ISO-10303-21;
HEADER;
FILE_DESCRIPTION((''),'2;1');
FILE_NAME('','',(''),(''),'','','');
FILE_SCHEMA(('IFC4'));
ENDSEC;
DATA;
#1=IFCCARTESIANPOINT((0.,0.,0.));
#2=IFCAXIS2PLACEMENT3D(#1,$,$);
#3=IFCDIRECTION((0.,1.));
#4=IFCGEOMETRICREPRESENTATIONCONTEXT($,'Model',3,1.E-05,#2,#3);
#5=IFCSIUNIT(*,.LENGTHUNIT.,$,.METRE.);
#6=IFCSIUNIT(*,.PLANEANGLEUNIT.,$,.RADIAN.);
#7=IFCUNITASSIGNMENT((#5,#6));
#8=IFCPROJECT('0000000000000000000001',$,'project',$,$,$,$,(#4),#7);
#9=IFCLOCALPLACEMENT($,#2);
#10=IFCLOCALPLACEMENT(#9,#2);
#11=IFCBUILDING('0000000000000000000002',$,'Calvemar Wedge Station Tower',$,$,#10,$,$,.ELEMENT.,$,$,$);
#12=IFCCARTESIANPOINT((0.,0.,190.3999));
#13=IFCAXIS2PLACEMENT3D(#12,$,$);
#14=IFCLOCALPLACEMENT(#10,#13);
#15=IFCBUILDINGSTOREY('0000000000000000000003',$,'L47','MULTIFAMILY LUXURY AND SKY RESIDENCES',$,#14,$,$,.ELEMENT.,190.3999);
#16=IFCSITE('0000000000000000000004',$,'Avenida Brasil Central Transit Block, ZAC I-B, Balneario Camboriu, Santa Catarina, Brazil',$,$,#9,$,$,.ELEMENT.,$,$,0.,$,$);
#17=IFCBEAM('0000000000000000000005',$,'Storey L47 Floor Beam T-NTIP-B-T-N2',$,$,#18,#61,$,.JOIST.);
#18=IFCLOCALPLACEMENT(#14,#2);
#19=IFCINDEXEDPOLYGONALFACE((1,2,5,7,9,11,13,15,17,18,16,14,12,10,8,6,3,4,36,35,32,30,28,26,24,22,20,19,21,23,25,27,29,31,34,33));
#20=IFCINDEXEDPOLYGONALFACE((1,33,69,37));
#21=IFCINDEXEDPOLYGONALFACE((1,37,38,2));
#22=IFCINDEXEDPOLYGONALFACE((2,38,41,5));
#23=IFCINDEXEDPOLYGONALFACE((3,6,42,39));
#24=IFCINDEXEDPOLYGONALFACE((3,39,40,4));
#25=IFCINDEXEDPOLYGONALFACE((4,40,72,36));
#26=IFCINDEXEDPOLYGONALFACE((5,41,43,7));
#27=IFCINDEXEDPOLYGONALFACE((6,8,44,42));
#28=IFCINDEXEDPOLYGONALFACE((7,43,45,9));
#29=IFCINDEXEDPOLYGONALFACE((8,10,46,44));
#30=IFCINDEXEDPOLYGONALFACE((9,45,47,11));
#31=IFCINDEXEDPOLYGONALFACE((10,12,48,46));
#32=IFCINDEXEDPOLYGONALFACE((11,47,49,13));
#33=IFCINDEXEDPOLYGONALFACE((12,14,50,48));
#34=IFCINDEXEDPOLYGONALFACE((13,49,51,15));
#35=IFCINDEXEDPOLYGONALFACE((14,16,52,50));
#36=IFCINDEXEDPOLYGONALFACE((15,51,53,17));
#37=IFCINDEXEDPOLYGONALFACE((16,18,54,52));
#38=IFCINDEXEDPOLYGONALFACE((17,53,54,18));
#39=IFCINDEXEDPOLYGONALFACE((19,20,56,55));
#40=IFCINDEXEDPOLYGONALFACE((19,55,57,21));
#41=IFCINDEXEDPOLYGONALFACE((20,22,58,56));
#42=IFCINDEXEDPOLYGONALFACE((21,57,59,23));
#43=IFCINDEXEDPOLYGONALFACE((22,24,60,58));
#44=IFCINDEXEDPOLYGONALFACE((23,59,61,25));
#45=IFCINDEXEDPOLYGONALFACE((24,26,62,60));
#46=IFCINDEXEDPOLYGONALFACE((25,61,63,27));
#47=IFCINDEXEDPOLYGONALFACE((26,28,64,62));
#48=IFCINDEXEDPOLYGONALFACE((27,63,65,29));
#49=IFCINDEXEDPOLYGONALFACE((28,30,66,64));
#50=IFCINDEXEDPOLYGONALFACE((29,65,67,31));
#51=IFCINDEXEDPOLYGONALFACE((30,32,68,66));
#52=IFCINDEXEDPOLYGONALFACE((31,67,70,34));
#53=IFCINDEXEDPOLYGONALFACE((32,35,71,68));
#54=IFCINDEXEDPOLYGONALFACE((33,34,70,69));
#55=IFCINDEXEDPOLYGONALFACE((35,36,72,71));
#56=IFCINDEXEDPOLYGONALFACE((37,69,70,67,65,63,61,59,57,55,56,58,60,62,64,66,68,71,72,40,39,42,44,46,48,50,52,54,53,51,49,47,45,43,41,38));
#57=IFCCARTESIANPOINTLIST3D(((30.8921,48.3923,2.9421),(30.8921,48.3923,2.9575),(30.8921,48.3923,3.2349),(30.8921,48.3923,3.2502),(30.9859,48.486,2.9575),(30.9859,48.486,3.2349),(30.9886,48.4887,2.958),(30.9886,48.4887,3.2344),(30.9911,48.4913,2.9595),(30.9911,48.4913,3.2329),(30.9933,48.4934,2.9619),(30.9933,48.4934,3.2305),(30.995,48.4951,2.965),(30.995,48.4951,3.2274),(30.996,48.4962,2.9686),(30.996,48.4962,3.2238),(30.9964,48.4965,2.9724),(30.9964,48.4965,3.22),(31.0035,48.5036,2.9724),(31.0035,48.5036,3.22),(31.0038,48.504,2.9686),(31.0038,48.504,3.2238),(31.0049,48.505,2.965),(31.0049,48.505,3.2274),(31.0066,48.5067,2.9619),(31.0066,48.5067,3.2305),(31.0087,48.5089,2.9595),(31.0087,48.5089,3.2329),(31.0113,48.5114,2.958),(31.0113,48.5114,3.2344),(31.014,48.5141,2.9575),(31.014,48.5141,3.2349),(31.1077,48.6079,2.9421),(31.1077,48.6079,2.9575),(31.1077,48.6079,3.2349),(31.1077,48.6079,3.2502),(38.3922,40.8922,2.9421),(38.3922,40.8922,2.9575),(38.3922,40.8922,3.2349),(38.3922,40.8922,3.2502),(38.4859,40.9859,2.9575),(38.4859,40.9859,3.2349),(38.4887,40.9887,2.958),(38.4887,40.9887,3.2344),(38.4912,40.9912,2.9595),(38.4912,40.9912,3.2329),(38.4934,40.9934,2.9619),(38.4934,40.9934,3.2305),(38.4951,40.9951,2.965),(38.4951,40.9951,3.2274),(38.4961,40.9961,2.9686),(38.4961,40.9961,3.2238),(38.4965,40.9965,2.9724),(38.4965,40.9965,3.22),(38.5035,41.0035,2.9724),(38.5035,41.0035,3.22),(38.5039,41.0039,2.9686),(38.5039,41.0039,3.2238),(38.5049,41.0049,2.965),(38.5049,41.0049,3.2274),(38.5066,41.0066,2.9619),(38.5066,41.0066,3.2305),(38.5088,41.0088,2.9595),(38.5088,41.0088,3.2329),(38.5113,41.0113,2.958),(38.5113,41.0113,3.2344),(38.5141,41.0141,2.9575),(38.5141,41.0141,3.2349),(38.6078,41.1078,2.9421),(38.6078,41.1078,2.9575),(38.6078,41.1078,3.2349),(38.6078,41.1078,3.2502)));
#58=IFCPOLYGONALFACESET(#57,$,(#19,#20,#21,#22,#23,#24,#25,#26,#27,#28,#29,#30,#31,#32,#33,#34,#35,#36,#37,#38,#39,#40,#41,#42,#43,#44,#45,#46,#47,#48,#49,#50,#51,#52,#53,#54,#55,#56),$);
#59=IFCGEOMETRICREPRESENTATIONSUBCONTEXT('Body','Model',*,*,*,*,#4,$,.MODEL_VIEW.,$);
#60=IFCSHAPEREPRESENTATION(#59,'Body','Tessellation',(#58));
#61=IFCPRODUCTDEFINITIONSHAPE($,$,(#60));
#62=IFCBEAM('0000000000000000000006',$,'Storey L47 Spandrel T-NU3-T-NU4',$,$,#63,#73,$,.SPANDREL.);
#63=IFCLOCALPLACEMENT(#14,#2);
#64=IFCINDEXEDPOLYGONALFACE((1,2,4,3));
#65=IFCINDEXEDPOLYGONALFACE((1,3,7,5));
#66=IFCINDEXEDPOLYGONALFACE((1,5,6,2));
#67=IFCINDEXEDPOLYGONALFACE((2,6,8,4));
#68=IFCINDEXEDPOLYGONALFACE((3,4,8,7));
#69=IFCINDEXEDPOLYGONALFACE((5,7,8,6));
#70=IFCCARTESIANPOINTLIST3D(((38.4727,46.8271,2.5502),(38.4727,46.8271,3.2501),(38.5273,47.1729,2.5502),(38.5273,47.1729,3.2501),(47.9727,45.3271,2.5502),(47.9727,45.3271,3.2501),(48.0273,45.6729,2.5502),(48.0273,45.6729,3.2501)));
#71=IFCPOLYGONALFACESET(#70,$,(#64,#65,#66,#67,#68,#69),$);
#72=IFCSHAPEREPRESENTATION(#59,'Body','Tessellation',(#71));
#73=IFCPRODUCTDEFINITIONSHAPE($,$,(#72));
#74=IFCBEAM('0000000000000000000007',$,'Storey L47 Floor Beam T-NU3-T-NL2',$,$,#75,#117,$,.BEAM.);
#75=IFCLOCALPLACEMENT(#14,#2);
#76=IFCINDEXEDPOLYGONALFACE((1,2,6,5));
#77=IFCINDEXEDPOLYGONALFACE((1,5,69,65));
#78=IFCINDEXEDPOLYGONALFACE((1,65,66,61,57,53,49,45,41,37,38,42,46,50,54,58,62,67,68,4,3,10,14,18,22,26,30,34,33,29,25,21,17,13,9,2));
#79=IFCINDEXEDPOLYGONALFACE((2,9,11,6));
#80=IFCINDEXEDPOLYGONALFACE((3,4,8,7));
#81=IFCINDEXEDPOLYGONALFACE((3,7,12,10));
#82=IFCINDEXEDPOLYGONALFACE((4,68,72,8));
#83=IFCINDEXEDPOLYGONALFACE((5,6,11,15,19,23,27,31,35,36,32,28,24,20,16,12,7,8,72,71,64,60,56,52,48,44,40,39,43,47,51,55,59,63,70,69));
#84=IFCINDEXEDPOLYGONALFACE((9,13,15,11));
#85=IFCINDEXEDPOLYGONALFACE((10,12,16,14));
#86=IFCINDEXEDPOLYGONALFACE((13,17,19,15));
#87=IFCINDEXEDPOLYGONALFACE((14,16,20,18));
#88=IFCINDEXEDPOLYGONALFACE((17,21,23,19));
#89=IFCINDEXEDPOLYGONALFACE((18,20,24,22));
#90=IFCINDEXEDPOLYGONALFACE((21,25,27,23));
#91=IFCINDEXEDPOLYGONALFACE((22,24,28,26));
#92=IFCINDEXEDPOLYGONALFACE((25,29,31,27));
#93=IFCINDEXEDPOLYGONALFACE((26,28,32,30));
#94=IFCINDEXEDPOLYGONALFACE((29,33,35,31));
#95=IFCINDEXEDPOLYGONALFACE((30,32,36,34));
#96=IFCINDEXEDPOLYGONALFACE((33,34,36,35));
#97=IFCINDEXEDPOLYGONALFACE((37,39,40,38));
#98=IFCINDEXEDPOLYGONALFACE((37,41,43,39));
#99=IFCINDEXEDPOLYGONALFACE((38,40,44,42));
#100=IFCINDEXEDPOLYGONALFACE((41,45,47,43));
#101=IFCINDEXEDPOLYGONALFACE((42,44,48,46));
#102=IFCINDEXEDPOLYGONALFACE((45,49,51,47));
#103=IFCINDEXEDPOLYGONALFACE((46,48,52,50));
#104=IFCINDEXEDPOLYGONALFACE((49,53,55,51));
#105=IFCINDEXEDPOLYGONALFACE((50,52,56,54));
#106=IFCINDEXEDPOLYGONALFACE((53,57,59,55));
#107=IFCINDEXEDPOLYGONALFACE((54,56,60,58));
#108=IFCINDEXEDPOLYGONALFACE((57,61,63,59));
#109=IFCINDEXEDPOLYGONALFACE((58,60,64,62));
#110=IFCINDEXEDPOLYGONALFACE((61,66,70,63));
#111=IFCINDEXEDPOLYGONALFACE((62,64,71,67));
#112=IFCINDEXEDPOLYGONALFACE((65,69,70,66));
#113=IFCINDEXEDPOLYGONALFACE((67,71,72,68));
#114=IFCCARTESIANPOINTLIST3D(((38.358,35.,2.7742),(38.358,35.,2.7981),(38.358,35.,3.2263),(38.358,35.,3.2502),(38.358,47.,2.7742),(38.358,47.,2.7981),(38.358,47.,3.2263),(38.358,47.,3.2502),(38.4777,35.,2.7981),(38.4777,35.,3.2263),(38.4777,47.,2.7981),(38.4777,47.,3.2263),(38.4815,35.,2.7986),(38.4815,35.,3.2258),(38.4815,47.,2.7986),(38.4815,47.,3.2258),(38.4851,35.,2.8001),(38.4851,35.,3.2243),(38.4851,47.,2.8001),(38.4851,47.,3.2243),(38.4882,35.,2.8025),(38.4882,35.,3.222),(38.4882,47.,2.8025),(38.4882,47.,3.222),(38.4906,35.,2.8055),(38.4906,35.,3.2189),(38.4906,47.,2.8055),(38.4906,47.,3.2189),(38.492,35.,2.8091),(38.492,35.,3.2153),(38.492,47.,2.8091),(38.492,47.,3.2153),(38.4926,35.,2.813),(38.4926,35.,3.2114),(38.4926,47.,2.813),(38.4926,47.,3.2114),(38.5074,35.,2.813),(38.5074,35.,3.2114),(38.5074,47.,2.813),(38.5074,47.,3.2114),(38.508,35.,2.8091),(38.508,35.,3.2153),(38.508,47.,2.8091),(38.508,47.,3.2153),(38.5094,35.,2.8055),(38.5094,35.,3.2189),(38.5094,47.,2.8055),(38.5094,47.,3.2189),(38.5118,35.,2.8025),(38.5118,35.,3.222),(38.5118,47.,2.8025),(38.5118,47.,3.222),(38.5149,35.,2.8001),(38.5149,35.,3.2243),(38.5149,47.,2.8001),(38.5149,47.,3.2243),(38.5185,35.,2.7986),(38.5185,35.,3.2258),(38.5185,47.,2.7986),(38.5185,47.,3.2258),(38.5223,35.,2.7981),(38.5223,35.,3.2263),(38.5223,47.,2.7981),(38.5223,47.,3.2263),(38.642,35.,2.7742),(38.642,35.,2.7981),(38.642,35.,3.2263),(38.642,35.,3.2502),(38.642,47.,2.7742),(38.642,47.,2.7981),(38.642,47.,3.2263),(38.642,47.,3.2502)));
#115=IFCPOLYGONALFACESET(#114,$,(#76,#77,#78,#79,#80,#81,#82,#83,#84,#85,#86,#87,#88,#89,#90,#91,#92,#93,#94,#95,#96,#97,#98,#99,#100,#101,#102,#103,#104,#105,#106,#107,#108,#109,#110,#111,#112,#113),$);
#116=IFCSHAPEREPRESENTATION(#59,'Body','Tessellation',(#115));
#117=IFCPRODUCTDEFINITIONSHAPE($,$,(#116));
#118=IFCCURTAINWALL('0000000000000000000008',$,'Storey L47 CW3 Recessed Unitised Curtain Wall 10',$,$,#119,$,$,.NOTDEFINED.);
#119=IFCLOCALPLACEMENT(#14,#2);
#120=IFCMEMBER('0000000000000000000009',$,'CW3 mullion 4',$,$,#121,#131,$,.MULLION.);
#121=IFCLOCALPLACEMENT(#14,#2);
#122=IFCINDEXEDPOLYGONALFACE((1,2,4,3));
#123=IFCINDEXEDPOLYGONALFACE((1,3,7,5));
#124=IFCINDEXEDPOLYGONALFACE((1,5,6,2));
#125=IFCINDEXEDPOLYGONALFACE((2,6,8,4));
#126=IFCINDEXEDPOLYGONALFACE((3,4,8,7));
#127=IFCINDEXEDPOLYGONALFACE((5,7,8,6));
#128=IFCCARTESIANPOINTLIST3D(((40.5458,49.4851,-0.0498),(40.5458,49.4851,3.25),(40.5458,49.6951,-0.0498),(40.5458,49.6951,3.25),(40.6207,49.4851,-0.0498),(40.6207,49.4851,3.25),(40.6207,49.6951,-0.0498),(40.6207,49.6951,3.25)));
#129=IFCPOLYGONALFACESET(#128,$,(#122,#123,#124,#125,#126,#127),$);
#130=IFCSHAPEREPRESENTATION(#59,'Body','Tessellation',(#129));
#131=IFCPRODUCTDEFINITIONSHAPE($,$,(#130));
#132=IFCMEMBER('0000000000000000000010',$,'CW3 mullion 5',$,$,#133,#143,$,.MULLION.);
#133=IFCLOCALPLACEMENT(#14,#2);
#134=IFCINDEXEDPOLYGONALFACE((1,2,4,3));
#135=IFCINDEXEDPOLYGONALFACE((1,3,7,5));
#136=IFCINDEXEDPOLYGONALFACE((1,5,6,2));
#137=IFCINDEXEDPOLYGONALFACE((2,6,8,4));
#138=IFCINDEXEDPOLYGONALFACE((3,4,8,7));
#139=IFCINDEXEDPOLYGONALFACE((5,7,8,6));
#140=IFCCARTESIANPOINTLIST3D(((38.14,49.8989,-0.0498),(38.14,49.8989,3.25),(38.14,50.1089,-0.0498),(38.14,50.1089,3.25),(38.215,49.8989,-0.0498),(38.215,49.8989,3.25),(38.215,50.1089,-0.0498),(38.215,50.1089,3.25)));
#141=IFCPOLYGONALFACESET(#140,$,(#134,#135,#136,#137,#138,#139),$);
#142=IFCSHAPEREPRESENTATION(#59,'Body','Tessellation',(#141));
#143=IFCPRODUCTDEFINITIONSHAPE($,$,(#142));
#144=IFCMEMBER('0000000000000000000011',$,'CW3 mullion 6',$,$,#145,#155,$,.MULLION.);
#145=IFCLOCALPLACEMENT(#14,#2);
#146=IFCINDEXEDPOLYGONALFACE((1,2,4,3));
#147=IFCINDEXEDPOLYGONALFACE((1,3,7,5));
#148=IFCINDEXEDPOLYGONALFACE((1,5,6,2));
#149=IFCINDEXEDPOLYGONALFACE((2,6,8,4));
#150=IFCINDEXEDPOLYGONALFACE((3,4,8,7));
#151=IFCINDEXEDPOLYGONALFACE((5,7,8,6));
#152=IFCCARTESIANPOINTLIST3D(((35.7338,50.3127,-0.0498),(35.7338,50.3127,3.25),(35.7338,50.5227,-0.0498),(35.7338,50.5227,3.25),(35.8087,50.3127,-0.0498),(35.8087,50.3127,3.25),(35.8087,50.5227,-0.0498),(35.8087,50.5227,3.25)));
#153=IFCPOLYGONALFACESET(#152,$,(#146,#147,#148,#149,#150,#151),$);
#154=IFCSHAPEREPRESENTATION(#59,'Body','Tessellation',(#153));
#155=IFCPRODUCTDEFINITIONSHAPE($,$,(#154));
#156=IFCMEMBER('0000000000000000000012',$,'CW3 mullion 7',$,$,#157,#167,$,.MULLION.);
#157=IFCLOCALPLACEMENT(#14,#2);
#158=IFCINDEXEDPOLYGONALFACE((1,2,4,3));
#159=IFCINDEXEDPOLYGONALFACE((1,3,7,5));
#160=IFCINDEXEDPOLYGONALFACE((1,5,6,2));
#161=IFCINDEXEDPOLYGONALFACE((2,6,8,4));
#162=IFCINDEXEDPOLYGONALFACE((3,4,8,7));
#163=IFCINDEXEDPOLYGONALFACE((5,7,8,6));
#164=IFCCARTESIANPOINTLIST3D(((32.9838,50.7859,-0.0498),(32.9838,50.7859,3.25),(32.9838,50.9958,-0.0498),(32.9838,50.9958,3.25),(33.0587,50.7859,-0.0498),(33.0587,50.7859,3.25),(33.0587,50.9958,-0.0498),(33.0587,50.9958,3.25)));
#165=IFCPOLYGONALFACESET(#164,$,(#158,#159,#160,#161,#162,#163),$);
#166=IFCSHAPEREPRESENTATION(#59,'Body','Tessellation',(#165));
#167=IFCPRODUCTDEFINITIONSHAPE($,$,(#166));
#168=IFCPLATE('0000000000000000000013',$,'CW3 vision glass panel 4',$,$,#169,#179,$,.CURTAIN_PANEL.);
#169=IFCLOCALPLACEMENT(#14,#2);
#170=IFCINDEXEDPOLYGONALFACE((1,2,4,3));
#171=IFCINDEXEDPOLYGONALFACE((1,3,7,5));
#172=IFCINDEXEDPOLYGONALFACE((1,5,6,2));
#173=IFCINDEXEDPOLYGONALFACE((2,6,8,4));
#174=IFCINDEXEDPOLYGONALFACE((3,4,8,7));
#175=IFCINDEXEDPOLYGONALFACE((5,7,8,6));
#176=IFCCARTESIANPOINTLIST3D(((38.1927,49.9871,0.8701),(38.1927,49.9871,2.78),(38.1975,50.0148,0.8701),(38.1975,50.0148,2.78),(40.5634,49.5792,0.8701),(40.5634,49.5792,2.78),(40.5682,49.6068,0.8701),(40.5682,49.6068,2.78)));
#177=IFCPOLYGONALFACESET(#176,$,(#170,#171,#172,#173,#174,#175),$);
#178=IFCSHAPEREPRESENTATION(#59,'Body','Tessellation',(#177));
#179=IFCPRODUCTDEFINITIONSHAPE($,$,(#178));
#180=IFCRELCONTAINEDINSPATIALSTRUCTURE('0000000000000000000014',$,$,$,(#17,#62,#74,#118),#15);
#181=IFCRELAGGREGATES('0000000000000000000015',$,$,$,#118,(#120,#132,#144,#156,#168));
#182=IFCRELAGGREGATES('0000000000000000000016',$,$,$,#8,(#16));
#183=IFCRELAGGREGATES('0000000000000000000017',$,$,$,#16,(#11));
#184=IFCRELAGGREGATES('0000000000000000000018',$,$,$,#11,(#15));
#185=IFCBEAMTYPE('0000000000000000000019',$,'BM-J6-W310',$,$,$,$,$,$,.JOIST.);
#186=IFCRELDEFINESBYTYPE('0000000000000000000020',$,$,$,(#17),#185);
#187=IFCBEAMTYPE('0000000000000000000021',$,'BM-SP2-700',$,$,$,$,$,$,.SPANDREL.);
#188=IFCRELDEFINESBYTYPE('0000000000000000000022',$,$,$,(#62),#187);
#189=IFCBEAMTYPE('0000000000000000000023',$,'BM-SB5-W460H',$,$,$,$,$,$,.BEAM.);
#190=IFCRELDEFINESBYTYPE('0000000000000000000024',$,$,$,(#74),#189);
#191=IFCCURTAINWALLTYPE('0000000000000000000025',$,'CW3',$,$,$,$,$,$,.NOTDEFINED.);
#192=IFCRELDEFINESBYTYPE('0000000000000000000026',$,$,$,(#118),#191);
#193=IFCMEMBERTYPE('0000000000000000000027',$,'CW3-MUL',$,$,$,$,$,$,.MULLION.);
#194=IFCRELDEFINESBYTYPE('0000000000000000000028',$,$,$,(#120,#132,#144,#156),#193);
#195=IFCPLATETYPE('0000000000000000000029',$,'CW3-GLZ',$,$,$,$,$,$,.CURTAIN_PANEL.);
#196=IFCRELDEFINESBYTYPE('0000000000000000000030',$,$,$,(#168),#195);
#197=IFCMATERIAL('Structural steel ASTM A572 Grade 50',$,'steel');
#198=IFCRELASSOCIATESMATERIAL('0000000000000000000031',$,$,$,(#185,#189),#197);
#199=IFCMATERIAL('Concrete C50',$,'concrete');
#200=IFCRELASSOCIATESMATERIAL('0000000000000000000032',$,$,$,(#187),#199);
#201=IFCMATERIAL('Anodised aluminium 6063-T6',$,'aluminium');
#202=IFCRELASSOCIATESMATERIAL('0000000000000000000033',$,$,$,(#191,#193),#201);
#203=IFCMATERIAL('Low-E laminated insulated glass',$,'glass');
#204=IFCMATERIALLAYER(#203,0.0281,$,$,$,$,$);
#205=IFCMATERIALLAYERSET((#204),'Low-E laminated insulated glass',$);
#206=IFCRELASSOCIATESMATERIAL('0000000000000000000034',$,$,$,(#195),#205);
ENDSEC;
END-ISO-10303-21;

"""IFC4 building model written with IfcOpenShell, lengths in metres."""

from ifc_helpers import new_model, si_unit, direction, frame, frame_2d, origin, origin_2d, place, context, subcontext, project, spatial, rectangle, i_section, extrude, source, transform, mapped, material, layer, layer_set, material_profile, profile_set, type_object, element, aggregate, save


model = new_model("IFC4")

# Units and contexts
model_context = context("Model", 3, precision=1e-05, world=origin(), true_north=direction((0.0, 1.0)))
body_context = subcontext(model_context, "Body", "Model", "MODEL_VIEW")
ifc_project = project(units=[si_unit("LENGTHUNIT", "METRE"), si_unit("PLANEANGLEUNIT", "RADIAN")], contexts=[model_context])

# Site, building, storey
site_placement = place(None, origin())
site = spatial("IfcSite", under=ifc_project, at=site_placement, Name="Avenida Brasil Central Transit Block, ZAC I-B, Balneario Camboriu, Santa Catarina, Brazil", CompositionType="ELEMENT", RefElevation=0.0)
building_placement = place(site_placement, origin())
building = spatial("IfcBuilding", under=site, at=building_placement, Name="Calvemar Wedge Station Tower", CompositionType="ELEMENT")
storey_placement = place(building_placement, frame((0.0, 0.0, 190.3999)))
storey = spatial("IfcBuildingStorey", under=building, at=storey_placement, Name="L47", Description="MULTIFAMILY LUXURY AND SKY RESIDENCES", CompositionType="ELEMENT", Elevation=190.3999)

# Shared definitions
ifc_material_1 = material(Name="Concrete C50", Category="concrete")
ifc_material_2 = material(Name="Structural steel ASTM A572 Grade 50", Category="steel")

# Beams
ifc_material_profile_1 = material_profile(ifc_material_2, i_section(OverallWidth=0.3049, OverallDepth=0.3081, WebThickness=0.01, FlangeThickness=0.0154, FilletRadius=0.0149, at=origin_2d()), Name="W310x97")
ifc_profile_set_1 = profile_set([ifc_material_profile_1], Name="Structural steel ASTM A572 Grade 50")
beam_type_1 = type_object("IfcBeamType", Name="BM-J6-W310", PredefinedType="JOIST", material=ifc_profile_set_1)
shared_shape_1 = source(origin(), body_context, "Body", "SweptSolid", [
    extrude(i_section(OverallWidth=0.3049, OverallDepth=0.3081, WebThickness=0.01, FlangeThickness=0.0154, FilletRadius=0.0149, at=origin_2d()), origin(), (0.0, 0.0, 1.0), 10.6067),
])
beam_1_placement = place(storey_placement, frame((38.5, 41.0, 3.0962), z_axis=(-0.707107, 0.707107, 0.0), x_axis=(-0.707107, -0.707107, 0.0)))
element("IfcBeam", 1, at=beam_1_placement, inside=storey, type_object=beam_type_1, Name="Storey L47 Floor Beam T-NTIP-B-T-N2", PredefinedType="JOIST", context=body_context, shape_type="MappedRepresentation", body=[
    mapped(shared_shape_1, transform((0.0, 0.0, 0.0), scale=1.0)),
])
ifc_material_profile_2 = material_profile(ifc_material_1, rectangle(XDim=0.3501, YDim=0.7, at=origin_2d()), Name="RC350x700")
ifc_profile_set_2 = profile_set([ifc_material_profile_2], Name="Concrete C50")
beam_type_2 = type_object("IfcBeamType", Name="BM-SP2-700", PredefinedType="SPANDREL", material=ifc_profile_set_2)
shared_shape_2 = source(origin(), body_context, "Body", "SweptSolid", [
    extrude(rectangle(XDim=0.3501, YDim=0.7, at=origin_2d()), origin(), (0.0, 0.0, 1.0), 9.6177),
])
beam_2_placement = place(storey_placement, frame((38.5, 47.0, 2.9001), z_axis=(0.987763, -0.155963, 0.0), x_axis=(0.155963, 0.987763, 0.0)))
element("IfcBeam", 2, at=beam_2_placement, inside=storey, type_object=beam_type_2, Name="Storey L47 Spandrel T-NU3-T-NU4", PredefinedType="SPANDREL", context=body_context, shape_type="MappedRepresentation", body=[
    mapped(shared_shape_2, transform((0.0, 0.0, 0.0), scale=1.0)),
])
ifc_material_profile_3 = material_profile(ifc_material_2, i_section(OverallWidth=0.2839, OverallDepth=0.4761, WebThickness=0.0149, FlangeThickness=0.0239, FilletRadius=0.0149, at=origin_2d()), Name="W460x158")
ifc_profile_set_3 = profile_set([ifc_material_profile_3], Name="Structural steel ASTM A572 Grade 50")
beam_type_3 = type_object("IfcBeamType", Name="BM-SB5-W460H", PredefinedType="BEAM", material=ifc_profile_set_3)
shared_shape_3 = source(origin(), body_context, "Body", "SweptSolid", [
    extrude(i_section(OverallWidth=0.2839, OverallDepth=0.4761, WebThickness=0.0149, FlangeThickness=0.0239, FilletRadius=0.0149, at=origin_2d()), origin(), (0.0, 0.0, 1.0), 12.0),
])
beam_3_placement = place(storey_placement, frame((38.5, 47.0, 3.0122), z_axis=(0.0, -1.0, 0.0), x_axis=(1.0, 0.0, 0.0)))
element("IfcBeam", 3, at=beam_3_placement, inside=storey, type_object=beam_type_3, Name="Storey L47 Floor Beam T-NU3-T-NL2", PredefinedType="BEAM", context=body_context, shape_type="MappedRepresentation", body=[
    mapped(shared_shape_3, transform((0.0, 0.0, 0.0), scale=1.0)),
])

# Curtain wall, members, plate
ifc_material_3 = material(Name="Anodised aluminium 6063-T6", Category="aluminium")
curtain_wall_type = type_object("IfcCurtainWallType", Name="CW3", PredefinedType="NOTDEFINED", material=ifc_material_3)
curtain_wall_placement = place(storey_placement, origin())
curtain_wall = element("IfcCurtainWall", 4, at=curtain_wall_placement, inside=storey, type_object=curtain_wall_type, Name="Storey L47 CW3 Recessed Unitised Curtain Wall 10", PredefinedType="NOTDEFINED")
ifc_material_profile_4 = material_profile(ifc_material_3, rectangle(XDim=0.075, YDim=0.21, at=origin_2d()), Name="AL-MUL-75x210")
ifc_profile_set_4 = profile_set([ifc_material_profile_4], Name="Anodised aluminium 6063-T6")
member_type = type_object("IfcMemberType", Name="CW3-MUL", PredefinedType="MULLION", material=ifc_profile_set_4)
shared_shape_4 = source(origin(), body_context, "Body", "SweptSolid", [
    extrude(rectangle(XDim=0.075, YDim=0.21, at=origin_2d()), origin(), (0.0, 0.0, 1.0), 3.2998),
])
member_1_placement = place(storey_placement, frame((40.5833, 49.5901, -0.0498), z_axis=(0.0, 0.0, 1.0), x_axis=(1.0, 0.0, 0.0)))
member_1 = element("IfcMember", 5, at=member_1_placement, type_object=member_type, Name="CW3 mullion 4", PredefinedType="MULLION", context=body_context, shape_type="MappedRepresentation", body=[
    mapped(shared_shape_4, transform((0.0, 0.0, 0.0), scale=1.0)),
])
member_2_placement = place(storey_placement, frame((38.1775, 50.0039, -0.0498), z_axis=(0.0, 0.0, 1.0), x_axis=(1.0, 0.0, 0.0)))
member_2 = element("IfcMember", 6, at=member_2_placement, type_object=member_type, Name="CW3 mullion 5", PredefinedType="MULLION", context=body_context, shape_type="MappedRepresentation", body=[
    mapped(shared_shape_4, transform((0.0, 0.0, 0.0), scale=1.0)),
])
member_3_placement = place(storey_placement, frame((35.7712, 50.4177, -0.0498), z_axis=(0.0, 0.0, 1.0), x_axis=(1.0, 0.0, 0.0)))
member_3 = element("IfcMember", 7, at=member_3_placement, type_object=member_type, Name="CW3 mullion 6", PredefinedType="MULLION", context=body_context, shape_type="MappedRepresentation", body=[
    mapped(shared_shape_4, transform((0.0, 0.0, 0.0), scale=1.0)),
])
member_4_placement = place(storey_placement, frame((33.0212, 50.8909, -0.0498), z_axis=(0.0, 0.0, 1.0), x_axis=(1.0, 0.0, 0.0)))
member_4 = element("IfcMember", 8, at=member_4_placement, type_object=member_type, Name="CW3 mullion 7", PredefinedType="MULLION", context=body_context, shape_type="MappedRepresentation", body=[
    mapped(shared_shape_4, transform((0.0, 0.0, 0.0), scale=1.0)),
])
ifc_material_4 = material(Name="Low-E laminated insulated glass", Category="glass")
ifc_layer_1 = layer(ifc_material_4, 0.0281)
ifc_layer_set_1 = layer_set([ifc_layer_1], Name="Low-E laminated insulated glass")
plate_type_1 = type_object("IfcPlateType", Name="CW3-GLZ", PredefinedType="CURTAIN_PANEL", material=ifc_layer_set_1)
plate_1_placement = place(storey_placement, frame((40.5657, 49.593, 0.8701), z_axis=(0.0, 0.0, 1.0), x_axis=(-0.985513, 0.169598, 0.0)))
plate_1 = element("IfcPlate", 9, at=plate_1_placement, type_object=plate_type_1, Name="CW3 vision glass panel 4", PredefinedType="CURTAIN_PANEL", context=body_context, shape_type="SweptSolid", body=[
    extrude(rectangle(XDim=2.4055, YDim=0.0281, at=frame_2d((1.2026, 0.0))), origin(), (0.0, 0.0, 1.0), 1.9099),
])
aggregate(curtain_wall, [member_1, member_2, member_3, member_4, plate_1])

save(model, "model.ifc")
